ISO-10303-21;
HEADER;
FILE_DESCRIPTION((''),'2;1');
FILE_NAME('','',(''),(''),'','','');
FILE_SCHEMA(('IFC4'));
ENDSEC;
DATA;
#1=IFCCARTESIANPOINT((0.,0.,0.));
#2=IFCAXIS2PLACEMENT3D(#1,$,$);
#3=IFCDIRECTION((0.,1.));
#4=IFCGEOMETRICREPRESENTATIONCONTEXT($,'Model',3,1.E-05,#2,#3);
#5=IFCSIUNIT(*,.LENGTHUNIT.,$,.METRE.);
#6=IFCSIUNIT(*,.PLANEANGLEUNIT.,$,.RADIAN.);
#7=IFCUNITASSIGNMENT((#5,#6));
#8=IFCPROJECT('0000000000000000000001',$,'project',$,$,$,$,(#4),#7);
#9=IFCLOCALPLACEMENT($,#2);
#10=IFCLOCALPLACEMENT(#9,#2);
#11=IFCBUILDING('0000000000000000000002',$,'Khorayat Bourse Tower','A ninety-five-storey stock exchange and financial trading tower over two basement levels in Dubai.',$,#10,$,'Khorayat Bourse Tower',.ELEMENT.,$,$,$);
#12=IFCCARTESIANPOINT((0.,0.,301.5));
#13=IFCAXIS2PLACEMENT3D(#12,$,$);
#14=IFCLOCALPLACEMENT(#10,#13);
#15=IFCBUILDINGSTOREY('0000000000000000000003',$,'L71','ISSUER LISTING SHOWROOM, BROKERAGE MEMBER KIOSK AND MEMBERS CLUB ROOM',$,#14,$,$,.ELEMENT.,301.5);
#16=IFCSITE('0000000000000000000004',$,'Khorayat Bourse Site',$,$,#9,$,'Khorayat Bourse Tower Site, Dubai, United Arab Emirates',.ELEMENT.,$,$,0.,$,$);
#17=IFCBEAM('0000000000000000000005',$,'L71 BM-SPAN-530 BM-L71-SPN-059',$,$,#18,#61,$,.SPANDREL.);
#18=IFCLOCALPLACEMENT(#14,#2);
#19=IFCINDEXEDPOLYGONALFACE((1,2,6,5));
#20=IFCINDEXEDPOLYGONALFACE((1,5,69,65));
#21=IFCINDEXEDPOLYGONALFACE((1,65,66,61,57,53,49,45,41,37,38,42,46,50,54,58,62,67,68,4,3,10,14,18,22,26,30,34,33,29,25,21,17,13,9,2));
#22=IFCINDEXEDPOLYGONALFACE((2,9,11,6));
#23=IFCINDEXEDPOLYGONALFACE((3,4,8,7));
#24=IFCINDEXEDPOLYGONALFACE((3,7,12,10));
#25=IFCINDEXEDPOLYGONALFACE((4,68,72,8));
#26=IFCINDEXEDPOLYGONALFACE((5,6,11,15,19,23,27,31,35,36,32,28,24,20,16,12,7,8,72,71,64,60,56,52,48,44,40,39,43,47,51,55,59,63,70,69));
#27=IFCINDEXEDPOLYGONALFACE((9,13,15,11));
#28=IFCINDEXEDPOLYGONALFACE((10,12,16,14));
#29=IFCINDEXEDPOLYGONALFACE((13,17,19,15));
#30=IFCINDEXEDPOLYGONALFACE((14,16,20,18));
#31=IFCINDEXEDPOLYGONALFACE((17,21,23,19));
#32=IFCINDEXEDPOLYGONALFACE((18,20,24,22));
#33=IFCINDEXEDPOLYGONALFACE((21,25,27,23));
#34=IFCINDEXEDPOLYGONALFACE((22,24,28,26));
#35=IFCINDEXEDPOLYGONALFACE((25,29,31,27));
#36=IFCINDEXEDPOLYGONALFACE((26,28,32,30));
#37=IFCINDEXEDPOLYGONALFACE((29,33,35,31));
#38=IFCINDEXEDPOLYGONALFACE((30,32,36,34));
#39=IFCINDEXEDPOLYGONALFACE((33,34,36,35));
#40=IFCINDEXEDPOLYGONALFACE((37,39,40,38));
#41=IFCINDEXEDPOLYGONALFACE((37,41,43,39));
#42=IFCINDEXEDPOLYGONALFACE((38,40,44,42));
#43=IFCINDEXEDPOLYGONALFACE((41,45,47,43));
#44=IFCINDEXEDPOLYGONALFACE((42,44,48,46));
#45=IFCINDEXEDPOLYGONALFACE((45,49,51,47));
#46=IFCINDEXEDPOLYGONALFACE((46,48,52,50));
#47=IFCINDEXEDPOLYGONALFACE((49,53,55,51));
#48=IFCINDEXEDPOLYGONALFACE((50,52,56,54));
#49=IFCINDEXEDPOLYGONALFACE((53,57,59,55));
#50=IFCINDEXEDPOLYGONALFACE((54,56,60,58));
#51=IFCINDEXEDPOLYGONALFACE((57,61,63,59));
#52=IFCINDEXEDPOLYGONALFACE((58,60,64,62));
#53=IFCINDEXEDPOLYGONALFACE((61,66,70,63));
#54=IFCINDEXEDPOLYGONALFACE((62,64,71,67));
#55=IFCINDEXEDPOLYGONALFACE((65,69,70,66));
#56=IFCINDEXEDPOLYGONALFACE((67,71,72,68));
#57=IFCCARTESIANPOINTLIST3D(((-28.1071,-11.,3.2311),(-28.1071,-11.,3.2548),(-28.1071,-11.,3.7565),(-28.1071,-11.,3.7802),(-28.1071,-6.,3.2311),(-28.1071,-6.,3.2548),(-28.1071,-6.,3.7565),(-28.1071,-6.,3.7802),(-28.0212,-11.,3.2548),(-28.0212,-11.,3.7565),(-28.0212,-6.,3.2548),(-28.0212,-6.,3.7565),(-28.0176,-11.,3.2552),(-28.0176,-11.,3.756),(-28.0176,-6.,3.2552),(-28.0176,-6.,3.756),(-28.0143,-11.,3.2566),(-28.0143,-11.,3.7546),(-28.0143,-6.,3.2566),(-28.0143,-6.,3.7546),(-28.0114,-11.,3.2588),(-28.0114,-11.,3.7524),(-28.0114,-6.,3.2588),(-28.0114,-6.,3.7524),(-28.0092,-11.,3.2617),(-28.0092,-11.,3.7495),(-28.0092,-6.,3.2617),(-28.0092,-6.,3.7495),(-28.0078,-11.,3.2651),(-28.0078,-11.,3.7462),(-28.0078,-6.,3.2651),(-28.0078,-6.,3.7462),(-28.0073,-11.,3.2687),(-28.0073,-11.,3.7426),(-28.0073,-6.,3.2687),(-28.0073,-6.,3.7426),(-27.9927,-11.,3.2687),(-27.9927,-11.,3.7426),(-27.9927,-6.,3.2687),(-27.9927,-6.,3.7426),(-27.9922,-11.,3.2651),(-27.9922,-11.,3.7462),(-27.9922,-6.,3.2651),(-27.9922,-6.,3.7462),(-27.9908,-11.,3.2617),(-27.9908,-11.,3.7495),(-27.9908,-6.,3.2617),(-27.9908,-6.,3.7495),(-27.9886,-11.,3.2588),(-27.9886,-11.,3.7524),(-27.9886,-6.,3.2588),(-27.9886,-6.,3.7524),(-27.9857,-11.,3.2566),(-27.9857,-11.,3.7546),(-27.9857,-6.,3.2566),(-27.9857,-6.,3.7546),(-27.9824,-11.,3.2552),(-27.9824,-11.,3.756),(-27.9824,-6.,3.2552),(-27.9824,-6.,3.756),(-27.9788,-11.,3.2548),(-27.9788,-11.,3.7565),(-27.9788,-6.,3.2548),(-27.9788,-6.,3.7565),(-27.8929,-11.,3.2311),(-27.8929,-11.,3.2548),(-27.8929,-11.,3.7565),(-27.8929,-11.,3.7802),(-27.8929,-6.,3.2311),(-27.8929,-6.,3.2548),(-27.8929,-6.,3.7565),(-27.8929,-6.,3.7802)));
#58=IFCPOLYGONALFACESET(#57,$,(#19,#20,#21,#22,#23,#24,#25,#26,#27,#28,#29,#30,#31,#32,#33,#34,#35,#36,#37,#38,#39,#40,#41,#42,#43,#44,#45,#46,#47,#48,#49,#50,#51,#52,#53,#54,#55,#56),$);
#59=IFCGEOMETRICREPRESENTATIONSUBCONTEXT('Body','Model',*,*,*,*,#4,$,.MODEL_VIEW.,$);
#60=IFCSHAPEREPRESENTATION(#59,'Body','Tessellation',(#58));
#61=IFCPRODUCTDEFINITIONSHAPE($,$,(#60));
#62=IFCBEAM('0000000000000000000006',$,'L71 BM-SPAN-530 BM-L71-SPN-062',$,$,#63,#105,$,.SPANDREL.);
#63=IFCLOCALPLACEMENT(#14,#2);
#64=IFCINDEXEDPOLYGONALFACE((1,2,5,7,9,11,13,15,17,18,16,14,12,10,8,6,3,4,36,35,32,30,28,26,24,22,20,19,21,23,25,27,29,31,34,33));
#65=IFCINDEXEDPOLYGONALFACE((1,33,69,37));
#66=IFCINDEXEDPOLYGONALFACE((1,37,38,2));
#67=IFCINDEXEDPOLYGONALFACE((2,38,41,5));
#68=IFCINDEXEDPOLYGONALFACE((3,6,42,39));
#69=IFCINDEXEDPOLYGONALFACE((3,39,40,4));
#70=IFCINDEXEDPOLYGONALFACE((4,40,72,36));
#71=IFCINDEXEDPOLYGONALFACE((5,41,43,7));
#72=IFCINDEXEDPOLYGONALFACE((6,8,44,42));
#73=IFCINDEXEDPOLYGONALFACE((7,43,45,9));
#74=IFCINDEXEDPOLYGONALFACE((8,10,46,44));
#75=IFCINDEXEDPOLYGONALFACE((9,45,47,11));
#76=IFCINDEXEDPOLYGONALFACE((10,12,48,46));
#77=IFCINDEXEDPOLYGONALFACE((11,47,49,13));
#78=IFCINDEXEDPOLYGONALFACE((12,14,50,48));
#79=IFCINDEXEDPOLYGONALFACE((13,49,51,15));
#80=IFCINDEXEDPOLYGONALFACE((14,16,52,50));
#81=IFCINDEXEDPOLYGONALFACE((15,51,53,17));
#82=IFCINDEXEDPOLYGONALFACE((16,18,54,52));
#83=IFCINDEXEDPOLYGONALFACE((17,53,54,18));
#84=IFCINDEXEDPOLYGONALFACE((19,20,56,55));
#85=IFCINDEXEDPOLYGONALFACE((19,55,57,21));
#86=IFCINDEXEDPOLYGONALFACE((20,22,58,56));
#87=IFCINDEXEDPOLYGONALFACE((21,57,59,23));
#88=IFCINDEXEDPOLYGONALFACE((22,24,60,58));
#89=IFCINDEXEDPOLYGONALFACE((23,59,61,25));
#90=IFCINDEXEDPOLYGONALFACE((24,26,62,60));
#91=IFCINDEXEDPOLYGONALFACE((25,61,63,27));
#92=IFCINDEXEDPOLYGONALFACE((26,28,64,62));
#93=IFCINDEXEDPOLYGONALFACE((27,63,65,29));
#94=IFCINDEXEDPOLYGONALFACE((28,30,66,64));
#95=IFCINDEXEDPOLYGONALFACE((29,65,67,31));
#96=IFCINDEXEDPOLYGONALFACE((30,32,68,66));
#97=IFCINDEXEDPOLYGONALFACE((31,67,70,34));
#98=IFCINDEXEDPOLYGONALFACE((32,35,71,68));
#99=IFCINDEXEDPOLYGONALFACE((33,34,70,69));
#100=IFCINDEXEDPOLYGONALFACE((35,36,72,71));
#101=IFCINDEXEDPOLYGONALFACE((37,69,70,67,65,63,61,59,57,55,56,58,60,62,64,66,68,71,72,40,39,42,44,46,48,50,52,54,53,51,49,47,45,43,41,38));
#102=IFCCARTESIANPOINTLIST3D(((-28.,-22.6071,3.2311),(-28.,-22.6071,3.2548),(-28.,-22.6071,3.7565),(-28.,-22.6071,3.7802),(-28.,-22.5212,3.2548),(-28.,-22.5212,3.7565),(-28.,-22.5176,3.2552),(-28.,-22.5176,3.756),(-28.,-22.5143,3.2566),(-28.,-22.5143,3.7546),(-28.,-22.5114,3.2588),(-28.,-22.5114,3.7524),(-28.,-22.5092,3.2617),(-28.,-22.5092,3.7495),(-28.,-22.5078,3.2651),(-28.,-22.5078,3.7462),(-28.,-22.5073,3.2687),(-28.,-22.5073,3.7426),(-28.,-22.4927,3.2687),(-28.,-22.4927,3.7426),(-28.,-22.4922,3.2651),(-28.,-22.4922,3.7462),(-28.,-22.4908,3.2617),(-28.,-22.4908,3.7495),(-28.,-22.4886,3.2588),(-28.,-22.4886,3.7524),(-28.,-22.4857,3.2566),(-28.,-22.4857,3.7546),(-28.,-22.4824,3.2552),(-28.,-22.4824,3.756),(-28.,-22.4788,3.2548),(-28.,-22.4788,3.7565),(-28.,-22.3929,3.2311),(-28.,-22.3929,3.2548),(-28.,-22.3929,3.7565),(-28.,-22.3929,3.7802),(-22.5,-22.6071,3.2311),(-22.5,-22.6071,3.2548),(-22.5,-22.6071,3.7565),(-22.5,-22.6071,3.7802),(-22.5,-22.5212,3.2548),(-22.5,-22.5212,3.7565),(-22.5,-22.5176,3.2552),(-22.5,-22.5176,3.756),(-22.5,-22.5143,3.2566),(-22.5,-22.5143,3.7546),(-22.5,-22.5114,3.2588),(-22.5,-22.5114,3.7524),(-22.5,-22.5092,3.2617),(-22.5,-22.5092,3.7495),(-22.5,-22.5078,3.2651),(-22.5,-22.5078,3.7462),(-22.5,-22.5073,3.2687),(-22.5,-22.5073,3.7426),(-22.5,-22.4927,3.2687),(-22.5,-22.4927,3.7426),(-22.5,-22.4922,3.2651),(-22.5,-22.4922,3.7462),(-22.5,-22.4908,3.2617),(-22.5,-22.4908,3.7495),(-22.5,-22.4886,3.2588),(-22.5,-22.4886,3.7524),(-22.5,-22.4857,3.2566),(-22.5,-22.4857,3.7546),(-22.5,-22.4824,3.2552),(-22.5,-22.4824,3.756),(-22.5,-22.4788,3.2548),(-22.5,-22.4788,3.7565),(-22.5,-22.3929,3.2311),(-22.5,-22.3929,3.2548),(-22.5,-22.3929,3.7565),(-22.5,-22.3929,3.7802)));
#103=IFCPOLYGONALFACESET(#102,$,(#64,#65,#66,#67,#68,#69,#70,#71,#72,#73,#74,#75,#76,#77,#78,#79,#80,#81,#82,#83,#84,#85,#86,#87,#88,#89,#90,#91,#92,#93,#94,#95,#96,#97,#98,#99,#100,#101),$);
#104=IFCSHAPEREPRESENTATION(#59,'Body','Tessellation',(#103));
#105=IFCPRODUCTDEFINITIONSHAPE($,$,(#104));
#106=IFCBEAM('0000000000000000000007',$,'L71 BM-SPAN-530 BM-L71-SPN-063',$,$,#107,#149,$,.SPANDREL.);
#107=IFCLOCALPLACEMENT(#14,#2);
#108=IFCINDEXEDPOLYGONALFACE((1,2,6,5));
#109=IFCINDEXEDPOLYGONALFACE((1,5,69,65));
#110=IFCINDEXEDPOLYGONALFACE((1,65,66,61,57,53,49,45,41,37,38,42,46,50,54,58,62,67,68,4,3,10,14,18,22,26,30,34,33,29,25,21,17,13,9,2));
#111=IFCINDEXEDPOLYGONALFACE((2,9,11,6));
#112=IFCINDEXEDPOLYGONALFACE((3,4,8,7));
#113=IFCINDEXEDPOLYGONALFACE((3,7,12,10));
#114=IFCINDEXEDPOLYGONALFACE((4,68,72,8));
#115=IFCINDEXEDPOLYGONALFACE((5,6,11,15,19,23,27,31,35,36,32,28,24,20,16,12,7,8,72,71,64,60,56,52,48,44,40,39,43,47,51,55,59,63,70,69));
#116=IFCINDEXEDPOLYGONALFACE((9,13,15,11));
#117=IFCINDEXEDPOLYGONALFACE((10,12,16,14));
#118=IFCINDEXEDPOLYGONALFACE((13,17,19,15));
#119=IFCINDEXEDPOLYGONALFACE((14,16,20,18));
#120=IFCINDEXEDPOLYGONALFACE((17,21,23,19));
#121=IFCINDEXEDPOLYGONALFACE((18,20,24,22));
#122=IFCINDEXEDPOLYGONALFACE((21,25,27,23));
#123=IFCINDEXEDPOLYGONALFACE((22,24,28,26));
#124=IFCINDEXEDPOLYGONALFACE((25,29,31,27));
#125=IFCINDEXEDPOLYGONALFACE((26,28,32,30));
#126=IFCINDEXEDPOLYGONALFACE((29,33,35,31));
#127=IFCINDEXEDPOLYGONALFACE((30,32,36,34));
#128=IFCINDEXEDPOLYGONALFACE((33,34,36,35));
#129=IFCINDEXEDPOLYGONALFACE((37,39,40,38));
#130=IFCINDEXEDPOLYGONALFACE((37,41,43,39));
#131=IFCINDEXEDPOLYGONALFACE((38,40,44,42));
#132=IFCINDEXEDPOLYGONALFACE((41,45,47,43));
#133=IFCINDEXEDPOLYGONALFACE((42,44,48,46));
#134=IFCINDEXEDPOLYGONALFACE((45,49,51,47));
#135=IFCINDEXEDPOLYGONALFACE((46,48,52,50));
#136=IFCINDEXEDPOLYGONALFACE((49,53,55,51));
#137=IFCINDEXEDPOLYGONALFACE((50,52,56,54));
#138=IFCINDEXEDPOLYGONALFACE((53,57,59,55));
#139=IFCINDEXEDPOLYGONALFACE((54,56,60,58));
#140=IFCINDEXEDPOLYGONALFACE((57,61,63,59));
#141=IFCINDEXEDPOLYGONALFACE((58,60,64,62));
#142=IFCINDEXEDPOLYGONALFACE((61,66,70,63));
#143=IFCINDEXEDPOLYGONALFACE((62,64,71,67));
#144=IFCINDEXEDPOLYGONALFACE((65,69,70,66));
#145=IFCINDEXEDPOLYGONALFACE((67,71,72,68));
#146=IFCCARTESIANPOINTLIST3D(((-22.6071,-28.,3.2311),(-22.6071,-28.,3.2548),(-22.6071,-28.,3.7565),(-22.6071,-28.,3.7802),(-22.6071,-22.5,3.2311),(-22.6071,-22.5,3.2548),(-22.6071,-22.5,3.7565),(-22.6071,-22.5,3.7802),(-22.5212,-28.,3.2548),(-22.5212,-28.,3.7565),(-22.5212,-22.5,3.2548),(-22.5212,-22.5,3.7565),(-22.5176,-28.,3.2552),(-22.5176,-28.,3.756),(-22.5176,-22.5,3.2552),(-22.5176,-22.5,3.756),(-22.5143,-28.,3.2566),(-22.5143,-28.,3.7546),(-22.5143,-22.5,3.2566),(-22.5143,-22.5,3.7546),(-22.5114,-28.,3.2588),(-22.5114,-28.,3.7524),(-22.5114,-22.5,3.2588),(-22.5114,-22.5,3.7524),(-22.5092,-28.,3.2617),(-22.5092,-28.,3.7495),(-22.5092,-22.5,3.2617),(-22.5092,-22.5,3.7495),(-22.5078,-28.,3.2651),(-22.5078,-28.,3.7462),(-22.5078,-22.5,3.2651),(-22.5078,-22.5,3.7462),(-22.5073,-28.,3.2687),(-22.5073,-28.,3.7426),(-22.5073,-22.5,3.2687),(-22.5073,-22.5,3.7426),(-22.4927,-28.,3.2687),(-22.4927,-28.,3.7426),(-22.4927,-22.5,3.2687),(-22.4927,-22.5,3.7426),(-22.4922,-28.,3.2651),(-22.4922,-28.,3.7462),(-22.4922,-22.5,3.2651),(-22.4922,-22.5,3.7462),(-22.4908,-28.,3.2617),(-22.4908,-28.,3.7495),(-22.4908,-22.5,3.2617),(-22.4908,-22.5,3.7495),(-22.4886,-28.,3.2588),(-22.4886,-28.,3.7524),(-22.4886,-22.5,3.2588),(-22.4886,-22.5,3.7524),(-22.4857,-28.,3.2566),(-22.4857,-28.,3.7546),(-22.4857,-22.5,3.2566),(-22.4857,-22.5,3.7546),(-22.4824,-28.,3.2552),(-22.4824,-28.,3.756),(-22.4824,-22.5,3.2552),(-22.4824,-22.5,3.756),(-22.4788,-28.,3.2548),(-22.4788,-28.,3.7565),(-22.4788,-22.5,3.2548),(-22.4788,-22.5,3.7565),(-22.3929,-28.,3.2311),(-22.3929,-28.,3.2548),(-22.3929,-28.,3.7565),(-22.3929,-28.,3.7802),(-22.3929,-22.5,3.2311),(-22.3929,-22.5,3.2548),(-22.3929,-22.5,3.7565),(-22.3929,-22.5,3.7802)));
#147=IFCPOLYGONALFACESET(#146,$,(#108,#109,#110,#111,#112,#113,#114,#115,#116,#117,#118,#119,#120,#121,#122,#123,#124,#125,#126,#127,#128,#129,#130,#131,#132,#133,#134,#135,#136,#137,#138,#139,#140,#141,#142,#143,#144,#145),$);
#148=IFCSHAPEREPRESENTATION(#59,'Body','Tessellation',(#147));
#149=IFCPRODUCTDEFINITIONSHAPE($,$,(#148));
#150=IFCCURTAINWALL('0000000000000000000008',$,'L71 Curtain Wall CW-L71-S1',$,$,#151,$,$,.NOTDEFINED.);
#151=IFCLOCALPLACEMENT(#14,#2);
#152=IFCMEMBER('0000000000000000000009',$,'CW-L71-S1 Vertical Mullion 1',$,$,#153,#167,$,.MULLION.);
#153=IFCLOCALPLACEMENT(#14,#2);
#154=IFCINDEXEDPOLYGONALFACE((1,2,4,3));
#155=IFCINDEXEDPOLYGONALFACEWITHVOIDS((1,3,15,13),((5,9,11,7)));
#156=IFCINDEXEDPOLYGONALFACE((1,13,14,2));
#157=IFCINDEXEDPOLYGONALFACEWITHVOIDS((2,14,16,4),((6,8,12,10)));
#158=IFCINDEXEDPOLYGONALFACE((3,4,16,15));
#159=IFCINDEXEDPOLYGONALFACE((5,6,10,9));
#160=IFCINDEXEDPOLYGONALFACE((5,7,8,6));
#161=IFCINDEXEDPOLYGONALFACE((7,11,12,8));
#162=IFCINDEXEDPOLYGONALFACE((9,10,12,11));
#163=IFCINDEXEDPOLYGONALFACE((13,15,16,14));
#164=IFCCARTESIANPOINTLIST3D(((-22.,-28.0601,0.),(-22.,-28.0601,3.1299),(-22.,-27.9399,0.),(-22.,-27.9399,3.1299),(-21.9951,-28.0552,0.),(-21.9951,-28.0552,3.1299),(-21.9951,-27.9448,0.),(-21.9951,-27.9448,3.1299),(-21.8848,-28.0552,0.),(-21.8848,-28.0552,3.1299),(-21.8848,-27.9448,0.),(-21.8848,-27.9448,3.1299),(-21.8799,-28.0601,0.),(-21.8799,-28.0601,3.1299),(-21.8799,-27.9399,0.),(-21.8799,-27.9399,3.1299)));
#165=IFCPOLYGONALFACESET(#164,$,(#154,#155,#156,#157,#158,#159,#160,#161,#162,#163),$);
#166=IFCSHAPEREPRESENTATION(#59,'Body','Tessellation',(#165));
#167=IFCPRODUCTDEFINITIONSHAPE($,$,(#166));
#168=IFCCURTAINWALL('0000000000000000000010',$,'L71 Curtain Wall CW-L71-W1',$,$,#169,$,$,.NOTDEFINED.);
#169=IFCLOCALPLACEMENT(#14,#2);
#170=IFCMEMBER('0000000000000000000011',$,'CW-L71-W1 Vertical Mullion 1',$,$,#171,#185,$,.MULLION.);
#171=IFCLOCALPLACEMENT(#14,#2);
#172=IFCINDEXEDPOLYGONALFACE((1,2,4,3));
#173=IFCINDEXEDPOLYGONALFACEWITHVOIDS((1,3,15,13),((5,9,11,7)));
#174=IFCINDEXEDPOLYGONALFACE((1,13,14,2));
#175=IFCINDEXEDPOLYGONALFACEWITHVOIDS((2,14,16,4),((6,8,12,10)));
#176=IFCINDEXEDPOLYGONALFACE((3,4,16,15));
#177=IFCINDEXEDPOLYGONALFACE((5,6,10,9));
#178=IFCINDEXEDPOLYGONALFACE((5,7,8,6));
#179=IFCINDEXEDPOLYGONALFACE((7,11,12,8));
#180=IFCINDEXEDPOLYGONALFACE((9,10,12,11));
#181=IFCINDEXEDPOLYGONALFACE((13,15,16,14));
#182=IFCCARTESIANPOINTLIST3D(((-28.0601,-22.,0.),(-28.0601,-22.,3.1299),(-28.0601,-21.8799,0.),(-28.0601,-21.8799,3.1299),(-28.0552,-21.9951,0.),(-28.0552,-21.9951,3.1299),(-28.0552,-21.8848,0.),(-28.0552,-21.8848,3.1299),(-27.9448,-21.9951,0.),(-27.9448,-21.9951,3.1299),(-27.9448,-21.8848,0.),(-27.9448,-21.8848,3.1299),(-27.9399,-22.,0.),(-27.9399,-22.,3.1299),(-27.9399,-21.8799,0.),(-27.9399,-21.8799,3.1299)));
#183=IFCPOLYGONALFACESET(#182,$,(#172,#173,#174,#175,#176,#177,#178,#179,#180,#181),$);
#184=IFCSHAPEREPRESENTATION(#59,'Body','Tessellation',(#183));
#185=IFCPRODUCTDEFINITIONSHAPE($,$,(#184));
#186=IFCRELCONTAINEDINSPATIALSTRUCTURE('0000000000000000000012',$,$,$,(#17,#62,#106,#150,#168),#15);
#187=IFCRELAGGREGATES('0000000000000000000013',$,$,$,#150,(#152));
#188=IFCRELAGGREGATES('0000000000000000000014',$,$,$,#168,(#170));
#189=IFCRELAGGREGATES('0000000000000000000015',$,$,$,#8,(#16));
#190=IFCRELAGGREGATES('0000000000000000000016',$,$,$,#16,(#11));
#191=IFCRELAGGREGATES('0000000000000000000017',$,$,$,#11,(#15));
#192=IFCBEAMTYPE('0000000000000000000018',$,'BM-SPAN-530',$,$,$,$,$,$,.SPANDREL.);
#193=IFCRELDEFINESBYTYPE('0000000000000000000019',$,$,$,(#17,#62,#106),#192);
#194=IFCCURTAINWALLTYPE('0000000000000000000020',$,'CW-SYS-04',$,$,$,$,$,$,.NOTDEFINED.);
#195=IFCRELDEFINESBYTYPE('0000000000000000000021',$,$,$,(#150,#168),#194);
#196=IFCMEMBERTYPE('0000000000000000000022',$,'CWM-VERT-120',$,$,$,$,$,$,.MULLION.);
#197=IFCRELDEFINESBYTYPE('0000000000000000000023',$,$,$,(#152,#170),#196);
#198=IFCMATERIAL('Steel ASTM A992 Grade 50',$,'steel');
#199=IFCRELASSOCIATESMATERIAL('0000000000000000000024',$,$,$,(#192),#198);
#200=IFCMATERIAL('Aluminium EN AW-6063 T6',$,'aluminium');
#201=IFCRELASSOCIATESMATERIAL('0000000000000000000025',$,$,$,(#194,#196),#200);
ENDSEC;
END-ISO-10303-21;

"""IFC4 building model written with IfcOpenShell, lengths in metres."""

from ifc_helpers import new_model, si_unit, direction, frame, origin, origin_2d, place, context, subcontext, project, spatial, hollow_rectangle, i_section, extrude, source, transform, mapped, material, material_profile, profile_set, type_object, element, aggregate, save


model = new_model("IFC4")

# Units and contexts
model_context = context("Model", 3, precision=1e-05, world=origin(), true_north=direction((0.0, 1.0)))
body_context = subcontext(model_context, "Body", "Model", "MODEL_VIEW")
ifc_project = project(units=[si_unit("LENGTHUNIT", "METRE"), si_unit("PLANEANGLEUNIT", "RADIAN")], contexts=[model_context])

# Site, building, storey
site_placement = place(None, origin())
site = spatial("IfcSite", under=ifc_project, at=site_placement, Name="Khorayat Bourse Site", LongName="Khorayat Bourse Tower Site, Dubai, United Arab Emirates", CompositionType="ELEMENT", RefElevation=0.0)
building_placement = place(site_placement, origin())
building = spatial("IfcBuilding", under=site, at=building_placement, Name="Khorayat Bourse Tower", Description="A ninety-five-storey stock exchange and financial trading tower over two basement levels in Dubai.", LongName="Khorayat Bourse Tower", CompositionType="ELEMENT")
storey_placement = place(building_placement, frame((0.0, 0.0, 301.5)))
storey = spatial("IfcBuildingStorey", under=building, at=storey_placement, Name="L71", Description="ISSUER LISTING SHOWROOM, BROKERAGE MEMBER KIOSK AND MEMBERS CLUB ROOM", CompositionType="ELEMENT", Elevation=301.5)

# Beams
ifc_material_1 = material(Name="Steel ASTM A992 Grade 50", Category="steel")
ifc_material_profile_1 = material_profile(ifc_material_1, i_section(OverallWidth=0.2141, OverallDepth=0.5491, WebThickness=0.0146, FlangeThickness=0.0237, FilletRadius=0.0139, at=origin_2d()), Name="W530X138")
ifc_profile_set_1 = profile_set([ifc_material_profile_1], Name="Steel ASTM A992 Grade 50")
beam_type_1 = type_object("IfcBeamType", Name="BM-SPAN-530", PredefinedType="SPANDREL", material=ifc_profile_set_1)
shared_shape_1 = source(origin(), body_context, "Body", "SweptSolid", [
    extrude(i_section(OverallWidth=0.2141, OverallDepth=0.5491, WebThickness=0.0146, FlangeThickness=0.0237, FilletRadius=0.0139, at=origin_2d()), origin(), (0.0, 0.0, 1.0), 5.0),
])
beam_1_placement = place(storey_placement, frame((-28.0, -11.0, 3.5056), z_axis=(0.0, 1.0, 0.0), x_axis=(-1.0, 0.0, 0.0)))
element("IfcBeam", 1, at=beam_1_placement, inside=storey, type_object=beam_type_1, Name="L71 BM-SPAN-530 BM-L71-SPN-059", PredefinedType="SPANDREL", context=body_context, shape_type="MappedRepresentation", body=[
    mapped(shared_shape_1, transform((0.0, 0.0, 0.0), scale=1.0)),
])
shared_shape_2 = source(origin(), body_context, "Body", "SweptSolid", [
    extrude(i_section(OverallWidth=0.2141, OverallDepth=0.5491, WebThickness=0.0146, FlangeThickness=0.0237, FilletRadius=0.0139, at=origin_2d()), origin(), (0.0, 0.0, 1.0), 5.5),
])
for number, where, z_axis, x_axis, name in (
    (2, (-28.0, -22.5, 3.5056), (1.0, 0.0, 0.0), (0.0, 1.0, 0.0), "L71 BM-SPAN-530 BM-L71-SPN-062"),
    (3, (-22.5, -28.0, 3.5056), (0.0, 1.0, 0.0), (-1.0, 0.0, 0.0), "L71 BM-SPAN-530 BM-L71-SPN-063"),
):
    element("IfcBeam", number, at=place(storey_placement, frame(where, z_axis=z_axis, x_axis=x_axis)), inside=storey, type_object=beam_type_1, Name=name, PredefinedType="SPANDREL", context=body_context, shape_type="MappedRepresentation", body=[
        mapped(shared_shape_2, transform((0.0, 0.0, 0.0), scale=1.0)),
    ])

# Curtain wall, member
ifc_material_2 = material(Name="Aluminium EN AW-6063 T6", Category="aluminium")
curtain_wall_type = type_object("IfcCurtainWallType", Name="CW-SYS-04", PredefinedType="NOTDEFINED", material=ifc_material_2)
curtain_wall_1_placement = place(storey_placement, origin())
curtain_wall_1 = element("IfcCurtainWall", 4, at=curtain_wall_1_placement, inside=storey, type_object=curtain_wall_type, Name="L71 Curtain Wall CW-L71-S1", PredefinedType="NOTDEFINED")
ifc_material_profile_2 = material_profile(ifc_material_2, hollow_rectangle(XDim=0.1201, YDim=0.1201, WallThickness=0.0049, at=origin_2d()), Name="ALU 120x120x5")
ifc_profile_set_2 = profile_set([ifc_material_profile_2], Name="Aluminium EN AW-6063 T6")
member_type_1 = type_object("IfcMemberType", Name="CWM-VERT-120", PredefinedType="MULLION", material=ifc_profile_set_2)
shared_shape_3 = source(origin(), body_context, "Body", "SweptSolid", [
    extrude(hollow_rectangle(XDim=0.1201, YDim=0.1201, WallThickness=0.0049, at=origin_2d()), origin(), (0.0, 0.0, 1.0), 3.1299),
])
member_1_placement = place(storey_placement, frame((-21.9399, -28.0, 0.0), z_axis=(0.0, 0.0, 1.0), x_axis=(0.0, 1.0, 0.0)))
member_1 = element("IfcMember", 5, at=member_1_placement, type_object=member_type_1, Name="CW-L71-S1 Vertical Mullion 1", PredefinedType="MULLION", context=body_context, shape_type="MappedRepresentation", body=[
    mapped(shared_shape_3, transform((0.0, 0.0, 0.0), scale=1.0)),
])

# Curtain wall, member
curtain_wall_2_placement = place(storey_placement, origin())
curtain_wall_2 = element("IfcCurtainWall", 6, at=curtain_wall_2_placement, inside=storey, type_object=curtain_wall_type, Name="L71 Curtain Wall CW-L71-W1", PredefinedType="NOTDEFINED")
member_2_placement = place(storey_placement, frame((-28.0, -21.9399, 0.0), z_axis=(0.0, 0.0, 1.0), x_axis=(-1.0, 0.0, 0.0)))
member_2 = element("IfcMember", 7, at=member_2_placement, type_object=member_type_1, Name="CW-L71-W1 Vertical Mullion 1", PredefinedType="MULLION", context=body_context, shape_type="MappedRepresentation", body=[
    mapped(shared_shape_3, transform((0.0, 0.0, 0.0), scale=1.0)),
])

aggregate(curtain_wall_1, [member_1])
aggregate(curtain_wall_2, [member_2])

save(model, "model.ifc")
